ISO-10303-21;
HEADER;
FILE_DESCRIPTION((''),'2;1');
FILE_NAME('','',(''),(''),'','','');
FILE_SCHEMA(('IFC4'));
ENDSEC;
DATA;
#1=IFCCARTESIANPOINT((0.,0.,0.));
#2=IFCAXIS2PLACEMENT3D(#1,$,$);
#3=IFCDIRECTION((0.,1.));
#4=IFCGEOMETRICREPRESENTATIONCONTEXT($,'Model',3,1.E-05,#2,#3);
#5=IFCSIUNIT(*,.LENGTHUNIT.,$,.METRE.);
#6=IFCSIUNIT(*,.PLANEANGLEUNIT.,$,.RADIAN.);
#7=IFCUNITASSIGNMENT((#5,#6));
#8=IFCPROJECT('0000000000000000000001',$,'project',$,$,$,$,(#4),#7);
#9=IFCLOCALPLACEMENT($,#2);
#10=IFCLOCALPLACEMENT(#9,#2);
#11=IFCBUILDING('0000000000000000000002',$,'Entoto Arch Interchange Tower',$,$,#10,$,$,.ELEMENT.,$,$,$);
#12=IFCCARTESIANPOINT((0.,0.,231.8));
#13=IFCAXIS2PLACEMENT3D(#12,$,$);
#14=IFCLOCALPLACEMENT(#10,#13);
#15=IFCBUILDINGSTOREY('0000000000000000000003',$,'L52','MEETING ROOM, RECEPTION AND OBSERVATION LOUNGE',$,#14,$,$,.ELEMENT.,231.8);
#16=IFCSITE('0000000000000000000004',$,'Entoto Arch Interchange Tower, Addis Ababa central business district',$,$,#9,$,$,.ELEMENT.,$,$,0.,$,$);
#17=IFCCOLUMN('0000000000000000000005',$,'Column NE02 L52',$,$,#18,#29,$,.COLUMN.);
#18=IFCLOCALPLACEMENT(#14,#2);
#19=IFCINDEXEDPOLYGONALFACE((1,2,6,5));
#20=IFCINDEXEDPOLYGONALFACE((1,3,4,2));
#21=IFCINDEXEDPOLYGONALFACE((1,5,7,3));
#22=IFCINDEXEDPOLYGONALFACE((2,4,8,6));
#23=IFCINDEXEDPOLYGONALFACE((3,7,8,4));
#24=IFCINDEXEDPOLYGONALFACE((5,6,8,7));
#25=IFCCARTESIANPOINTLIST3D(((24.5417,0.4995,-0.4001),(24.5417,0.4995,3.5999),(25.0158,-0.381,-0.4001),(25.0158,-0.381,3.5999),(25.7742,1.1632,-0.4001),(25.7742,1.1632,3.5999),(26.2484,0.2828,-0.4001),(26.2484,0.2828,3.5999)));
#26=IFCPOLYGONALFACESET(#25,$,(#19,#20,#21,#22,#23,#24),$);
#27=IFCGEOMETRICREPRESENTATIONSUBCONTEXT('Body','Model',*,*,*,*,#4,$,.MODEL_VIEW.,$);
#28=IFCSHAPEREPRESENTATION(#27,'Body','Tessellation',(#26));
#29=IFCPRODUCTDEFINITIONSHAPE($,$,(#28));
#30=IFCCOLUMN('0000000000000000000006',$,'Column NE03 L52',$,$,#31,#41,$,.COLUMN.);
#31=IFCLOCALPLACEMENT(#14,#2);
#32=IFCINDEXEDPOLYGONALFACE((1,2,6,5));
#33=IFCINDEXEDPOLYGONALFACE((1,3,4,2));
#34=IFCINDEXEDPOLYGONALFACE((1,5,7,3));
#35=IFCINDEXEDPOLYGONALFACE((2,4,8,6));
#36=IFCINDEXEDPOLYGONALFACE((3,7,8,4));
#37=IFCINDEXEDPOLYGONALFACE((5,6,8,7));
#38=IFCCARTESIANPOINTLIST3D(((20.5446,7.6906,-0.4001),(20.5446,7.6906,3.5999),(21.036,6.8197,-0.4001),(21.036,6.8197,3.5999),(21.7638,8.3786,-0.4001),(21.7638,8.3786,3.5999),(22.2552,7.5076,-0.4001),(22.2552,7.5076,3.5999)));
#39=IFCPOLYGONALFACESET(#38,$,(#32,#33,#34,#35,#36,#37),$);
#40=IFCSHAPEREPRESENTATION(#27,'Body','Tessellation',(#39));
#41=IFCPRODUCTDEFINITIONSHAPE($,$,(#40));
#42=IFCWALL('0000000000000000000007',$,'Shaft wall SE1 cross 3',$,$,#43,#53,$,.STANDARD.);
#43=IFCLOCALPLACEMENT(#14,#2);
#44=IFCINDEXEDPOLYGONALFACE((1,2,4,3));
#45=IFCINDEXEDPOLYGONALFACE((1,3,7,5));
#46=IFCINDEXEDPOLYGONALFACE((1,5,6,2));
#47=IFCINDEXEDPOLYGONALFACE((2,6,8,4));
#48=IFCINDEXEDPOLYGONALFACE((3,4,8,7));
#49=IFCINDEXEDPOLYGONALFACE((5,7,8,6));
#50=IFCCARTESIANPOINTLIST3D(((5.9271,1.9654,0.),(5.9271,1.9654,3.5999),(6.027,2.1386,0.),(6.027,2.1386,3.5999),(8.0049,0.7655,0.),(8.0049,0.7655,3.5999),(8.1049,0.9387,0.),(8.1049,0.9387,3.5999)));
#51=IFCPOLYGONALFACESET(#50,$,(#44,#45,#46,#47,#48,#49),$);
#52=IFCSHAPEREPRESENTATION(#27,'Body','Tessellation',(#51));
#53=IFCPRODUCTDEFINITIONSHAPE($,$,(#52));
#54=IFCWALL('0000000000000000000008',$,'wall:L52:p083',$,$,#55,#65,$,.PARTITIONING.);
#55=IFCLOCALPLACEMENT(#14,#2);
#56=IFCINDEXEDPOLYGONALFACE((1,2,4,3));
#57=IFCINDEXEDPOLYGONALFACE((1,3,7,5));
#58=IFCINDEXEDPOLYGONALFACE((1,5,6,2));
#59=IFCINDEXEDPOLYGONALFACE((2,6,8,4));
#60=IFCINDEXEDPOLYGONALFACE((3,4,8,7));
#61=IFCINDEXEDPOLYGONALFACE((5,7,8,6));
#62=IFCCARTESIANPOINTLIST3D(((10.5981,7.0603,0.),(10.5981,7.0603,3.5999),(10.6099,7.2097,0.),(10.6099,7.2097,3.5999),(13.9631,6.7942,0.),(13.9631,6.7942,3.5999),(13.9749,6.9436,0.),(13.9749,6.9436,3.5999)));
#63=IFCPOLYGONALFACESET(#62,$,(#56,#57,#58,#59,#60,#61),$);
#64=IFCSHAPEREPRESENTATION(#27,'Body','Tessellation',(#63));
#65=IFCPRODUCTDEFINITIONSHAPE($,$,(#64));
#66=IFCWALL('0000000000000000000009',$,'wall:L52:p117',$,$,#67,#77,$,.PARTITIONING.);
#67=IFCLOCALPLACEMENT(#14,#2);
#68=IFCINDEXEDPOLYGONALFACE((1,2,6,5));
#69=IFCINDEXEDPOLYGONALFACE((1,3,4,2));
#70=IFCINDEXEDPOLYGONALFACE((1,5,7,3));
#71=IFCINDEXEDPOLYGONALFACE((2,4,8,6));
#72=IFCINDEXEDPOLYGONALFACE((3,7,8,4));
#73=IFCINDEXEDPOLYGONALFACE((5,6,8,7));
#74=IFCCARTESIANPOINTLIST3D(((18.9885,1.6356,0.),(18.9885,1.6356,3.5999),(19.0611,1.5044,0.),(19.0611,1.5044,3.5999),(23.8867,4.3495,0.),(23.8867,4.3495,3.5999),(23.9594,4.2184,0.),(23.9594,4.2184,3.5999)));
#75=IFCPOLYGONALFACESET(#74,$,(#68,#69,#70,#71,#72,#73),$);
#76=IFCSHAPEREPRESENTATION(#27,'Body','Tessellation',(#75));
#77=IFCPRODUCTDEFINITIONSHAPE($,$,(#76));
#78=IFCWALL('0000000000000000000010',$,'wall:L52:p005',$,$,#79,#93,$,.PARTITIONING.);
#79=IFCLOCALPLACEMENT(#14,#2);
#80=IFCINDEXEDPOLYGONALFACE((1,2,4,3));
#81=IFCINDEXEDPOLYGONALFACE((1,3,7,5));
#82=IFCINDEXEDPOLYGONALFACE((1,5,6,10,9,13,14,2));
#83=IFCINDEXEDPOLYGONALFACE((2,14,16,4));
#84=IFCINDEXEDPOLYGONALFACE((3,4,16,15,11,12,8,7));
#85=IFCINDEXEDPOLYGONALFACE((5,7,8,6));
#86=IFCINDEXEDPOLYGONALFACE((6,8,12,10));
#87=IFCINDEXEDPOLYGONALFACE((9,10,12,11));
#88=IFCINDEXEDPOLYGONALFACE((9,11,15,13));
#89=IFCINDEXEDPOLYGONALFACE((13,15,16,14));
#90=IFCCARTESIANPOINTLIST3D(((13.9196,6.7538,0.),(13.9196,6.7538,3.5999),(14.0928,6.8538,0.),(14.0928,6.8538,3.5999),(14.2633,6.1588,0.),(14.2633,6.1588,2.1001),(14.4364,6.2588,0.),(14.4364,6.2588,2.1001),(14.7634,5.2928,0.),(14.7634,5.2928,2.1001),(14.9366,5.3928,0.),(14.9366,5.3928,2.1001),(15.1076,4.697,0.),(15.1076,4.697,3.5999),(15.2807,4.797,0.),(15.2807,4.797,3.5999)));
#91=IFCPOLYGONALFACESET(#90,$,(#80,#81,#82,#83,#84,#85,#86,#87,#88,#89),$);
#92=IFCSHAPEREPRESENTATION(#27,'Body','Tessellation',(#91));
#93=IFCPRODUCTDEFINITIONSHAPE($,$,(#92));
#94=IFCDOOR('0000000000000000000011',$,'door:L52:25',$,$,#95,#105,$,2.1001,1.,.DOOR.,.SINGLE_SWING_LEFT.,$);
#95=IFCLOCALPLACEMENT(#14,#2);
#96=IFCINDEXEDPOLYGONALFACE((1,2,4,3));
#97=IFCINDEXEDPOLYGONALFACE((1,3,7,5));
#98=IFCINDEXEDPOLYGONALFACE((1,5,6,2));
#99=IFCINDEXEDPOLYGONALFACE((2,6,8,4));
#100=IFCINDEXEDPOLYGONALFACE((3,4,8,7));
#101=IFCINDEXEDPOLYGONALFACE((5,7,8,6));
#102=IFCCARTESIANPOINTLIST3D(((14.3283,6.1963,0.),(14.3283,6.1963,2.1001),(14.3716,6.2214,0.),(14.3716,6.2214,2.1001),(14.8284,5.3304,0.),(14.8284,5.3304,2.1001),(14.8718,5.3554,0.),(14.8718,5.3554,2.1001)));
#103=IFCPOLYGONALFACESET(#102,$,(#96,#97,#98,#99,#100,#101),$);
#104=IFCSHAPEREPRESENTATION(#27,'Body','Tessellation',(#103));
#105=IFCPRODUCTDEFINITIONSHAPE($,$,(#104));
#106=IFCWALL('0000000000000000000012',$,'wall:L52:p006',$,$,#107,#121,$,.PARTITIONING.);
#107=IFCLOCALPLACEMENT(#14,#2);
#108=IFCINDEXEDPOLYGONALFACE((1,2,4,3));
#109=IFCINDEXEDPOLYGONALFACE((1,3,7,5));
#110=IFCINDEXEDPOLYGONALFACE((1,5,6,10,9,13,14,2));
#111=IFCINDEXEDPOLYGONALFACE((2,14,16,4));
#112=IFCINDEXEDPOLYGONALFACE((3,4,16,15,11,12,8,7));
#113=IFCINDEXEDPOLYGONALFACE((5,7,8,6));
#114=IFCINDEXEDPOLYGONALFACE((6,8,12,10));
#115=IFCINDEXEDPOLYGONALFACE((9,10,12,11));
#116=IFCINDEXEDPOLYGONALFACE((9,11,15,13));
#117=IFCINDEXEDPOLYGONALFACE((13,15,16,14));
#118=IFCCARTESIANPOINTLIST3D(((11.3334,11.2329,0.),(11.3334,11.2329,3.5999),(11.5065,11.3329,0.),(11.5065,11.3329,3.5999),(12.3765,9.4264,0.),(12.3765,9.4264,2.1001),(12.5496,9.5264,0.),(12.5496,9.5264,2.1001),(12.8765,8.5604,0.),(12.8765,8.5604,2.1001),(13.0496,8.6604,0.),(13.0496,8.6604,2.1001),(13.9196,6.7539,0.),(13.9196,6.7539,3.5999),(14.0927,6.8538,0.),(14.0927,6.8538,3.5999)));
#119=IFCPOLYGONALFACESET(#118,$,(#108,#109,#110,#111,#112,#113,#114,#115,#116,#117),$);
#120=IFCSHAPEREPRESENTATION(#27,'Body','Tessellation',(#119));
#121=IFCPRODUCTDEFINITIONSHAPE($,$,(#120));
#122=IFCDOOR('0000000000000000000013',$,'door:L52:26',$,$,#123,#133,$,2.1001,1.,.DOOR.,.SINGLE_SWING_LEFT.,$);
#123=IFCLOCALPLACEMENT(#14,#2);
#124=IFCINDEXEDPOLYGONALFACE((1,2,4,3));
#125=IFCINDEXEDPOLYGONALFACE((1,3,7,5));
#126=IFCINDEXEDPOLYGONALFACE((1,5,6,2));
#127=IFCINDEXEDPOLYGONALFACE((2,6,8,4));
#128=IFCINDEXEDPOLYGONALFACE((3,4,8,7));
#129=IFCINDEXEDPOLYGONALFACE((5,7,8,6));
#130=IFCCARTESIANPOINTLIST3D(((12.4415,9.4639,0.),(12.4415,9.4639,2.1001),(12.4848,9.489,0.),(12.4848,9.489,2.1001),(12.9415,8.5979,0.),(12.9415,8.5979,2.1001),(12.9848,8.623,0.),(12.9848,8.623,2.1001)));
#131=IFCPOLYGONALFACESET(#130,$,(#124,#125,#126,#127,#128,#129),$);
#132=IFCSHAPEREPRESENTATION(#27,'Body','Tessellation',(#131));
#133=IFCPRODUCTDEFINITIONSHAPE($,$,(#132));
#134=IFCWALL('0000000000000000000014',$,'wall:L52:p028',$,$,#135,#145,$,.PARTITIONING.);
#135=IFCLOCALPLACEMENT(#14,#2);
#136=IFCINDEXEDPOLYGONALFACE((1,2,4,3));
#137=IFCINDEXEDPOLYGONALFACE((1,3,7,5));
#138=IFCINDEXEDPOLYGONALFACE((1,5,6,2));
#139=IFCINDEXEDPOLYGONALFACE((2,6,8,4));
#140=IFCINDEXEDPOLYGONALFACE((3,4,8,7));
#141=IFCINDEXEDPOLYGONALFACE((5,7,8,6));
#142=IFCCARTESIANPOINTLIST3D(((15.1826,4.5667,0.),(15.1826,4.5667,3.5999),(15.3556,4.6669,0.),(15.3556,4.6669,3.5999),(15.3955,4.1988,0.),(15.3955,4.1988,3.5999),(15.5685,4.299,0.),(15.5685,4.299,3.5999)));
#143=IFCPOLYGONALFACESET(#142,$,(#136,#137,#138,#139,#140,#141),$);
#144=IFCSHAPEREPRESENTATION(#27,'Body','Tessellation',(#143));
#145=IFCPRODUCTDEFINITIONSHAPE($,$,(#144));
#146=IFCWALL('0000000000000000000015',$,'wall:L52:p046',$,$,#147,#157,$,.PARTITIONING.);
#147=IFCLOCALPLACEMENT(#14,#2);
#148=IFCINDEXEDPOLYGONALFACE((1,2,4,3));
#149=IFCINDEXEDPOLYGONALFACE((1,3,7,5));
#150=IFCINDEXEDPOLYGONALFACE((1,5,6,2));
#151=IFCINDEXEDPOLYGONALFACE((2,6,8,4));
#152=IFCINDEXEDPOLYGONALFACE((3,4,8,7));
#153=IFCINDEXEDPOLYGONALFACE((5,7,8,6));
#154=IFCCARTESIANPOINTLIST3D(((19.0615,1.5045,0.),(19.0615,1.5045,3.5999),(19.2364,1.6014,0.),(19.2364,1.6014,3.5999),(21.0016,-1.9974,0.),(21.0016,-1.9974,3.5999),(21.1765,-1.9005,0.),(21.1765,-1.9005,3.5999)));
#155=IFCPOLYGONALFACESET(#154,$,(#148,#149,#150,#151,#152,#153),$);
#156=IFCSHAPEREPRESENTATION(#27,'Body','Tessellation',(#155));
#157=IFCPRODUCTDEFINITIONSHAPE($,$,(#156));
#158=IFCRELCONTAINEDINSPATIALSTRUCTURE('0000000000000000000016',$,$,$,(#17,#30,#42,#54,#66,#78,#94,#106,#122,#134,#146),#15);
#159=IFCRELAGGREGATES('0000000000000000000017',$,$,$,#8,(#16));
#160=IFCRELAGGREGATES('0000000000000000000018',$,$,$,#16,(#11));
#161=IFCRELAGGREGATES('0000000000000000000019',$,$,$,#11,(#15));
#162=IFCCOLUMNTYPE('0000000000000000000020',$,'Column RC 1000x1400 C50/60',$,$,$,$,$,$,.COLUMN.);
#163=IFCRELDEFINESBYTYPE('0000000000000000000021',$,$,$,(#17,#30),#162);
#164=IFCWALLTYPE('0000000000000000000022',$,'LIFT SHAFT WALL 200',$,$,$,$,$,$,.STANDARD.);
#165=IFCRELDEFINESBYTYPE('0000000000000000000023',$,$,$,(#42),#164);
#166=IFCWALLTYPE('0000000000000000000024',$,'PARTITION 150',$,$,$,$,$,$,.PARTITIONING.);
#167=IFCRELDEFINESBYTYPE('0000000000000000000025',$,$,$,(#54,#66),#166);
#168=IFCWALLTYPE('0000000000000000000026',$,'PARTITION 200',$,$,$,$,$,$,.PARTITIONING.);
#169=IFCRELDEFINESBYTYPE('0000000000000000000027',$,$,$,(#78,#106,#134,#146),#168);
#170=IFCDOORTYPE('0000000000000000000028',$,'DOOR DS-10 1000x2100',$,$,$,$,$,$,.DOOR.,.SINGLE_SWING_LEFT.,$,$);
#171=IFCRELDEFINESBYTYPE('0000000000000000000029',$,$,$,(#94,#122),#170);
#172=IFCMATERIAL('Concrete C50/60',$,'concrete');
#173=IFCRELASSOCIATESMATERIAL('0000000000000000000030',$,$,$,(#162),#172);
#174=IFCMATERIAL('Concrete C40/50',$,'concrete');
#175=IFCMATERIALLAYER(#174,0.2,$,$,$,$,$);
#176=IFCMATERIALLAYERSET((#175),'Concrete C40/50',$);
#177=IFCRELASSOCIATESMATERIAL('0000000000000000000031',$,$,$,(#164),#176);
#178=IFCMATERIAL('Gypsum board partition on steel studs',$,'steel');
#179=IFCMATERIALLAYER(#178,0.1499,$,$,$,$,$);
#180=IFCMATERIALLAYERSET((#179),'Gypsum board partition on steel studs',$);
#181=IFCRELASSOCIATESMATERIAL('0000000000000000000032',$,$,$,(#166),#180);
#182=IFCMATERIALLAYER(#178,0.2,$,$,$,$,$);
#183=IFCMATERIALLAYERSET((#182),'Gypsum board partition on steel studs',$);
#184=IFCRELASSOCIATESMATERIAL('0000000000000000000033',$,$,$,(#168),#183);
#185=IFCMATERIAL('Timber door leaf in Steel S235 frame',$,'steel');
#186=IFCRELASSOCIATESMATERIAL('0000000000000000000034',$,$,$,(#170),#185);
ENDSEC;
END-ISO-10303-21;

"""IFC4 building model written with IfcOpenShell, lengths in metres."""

from ifc_helpers import new_model, si_unit, direction, frame, frame_2d, origin, origin_2d, place, context, subcontext, project, spatial, rectangle, extrude, material, layer, layer_set, material_profile, profile_set, type_object, element, fill, save


model = new_model("IFC4")

# Units and contexts
model_context = context("Model", 3, precision=1e-05, world=origin(), true_north=direction((0.0, 1.0)))
body_context = subcontext(model_context, "Body", "Model", "MODEL_VIEW")
ifc_project = project(units=[si_unit("LENGTHUNIT", "METRE"), si_unit("PLANEANGLEUNIT", "RADIAN")], contexts=[model_context])

# Site, building, storey
site_placement = place(None, origin())
site = spatial("IfcSite", under=ifc_project, at=site_placement, Name="Entoto Arch Interchange Tower, Addis Ababa central business district", CompositionType="ELEMENT", RefElevation=0.0)
building_placement = place(site_placement, origin())
building = spatial("IfcBuilding", under=site, at=building_placement, Name="Entoto Arch Interchange Tower", CompositionType="ELEMENT")
storey_placement = place(building_placement, frame((0.0, 0.0, 231.8)))
storey = spatial("IfcBuildingStorey", under=building, at=storey_placement, Name="L52", Description="MEETING ROOM, RECEPTION AND OBSERVATION LOUNGE", CompositionType="ELEMENT", Elevation=231.8)

# Columns
ifc_material_1 = material(Name="Concrete C50/60", Category="concrete")
ifc_material_profile = material_profile(ifc_material_1, rectangle(XDim=1.0, YDim=1.3999, at=origin_2d()))
ifc_profile_set = profile_set([ifc_material_profile], Name="Concrete C50/60")
column_type = type_object("IfcColumnType", Name="Column RC 1000x1400 C50/60", PredefinedType="COLUMN", material=ifc_profile_set)
for number, where, z_axis, x_axis, name in (
    (1, (25.395, 0.3911, -0.4001), (0.0, 0.0, 1.0), (-0.474134, 0.880453, 0.0), "Column NE02 L52"),
    (2, (21.3999, 7.5991, -0.4001), (0.0, 0.0, 1.0), (-0.491436, 0.870914, 0.0), "Column NE03 L52"),
):
    element("IfcColumn", number, at=place(storey_placement, frame(where, z_axis=z_axis, x_axis=x_axis)), inside=storey, type_object=column_type, Name=name, PredefinedType="COLUMN", context=body_context, shape_type="SweptSolid", body=[
        extrude(rectangle(XDim=1.0, YDim=1.3999, at=origin_2d()), origin(), (0.0, 0.0, 1.0), 4.0),
    ])

# Walls
ifc_material_2 = material(Name="Concrete C40/50", Category="concrete")
ifc_layer_1 = layer(ifc_material_2, 0.2)
ifc_layer_set_1 = layer_set([ifc_layer_1], Name="Concrete C40/50")
wall_type_1 = type_object("IfcWallType", Name="LIFT SHAFT WALL 200", PredefinedType="STANDARD", material=ifc_layer_set_1)
wall_1_placement = place(storey_placement, frame((5.9771, 2.052, 0.0), z_axis=(0.0, 0.0, 1.0), x_axis=(0.865974, -0.500089, 0.0)))
element("IfcWall", 3, at=wall_1_placement, inside=storey, type_object=wall_type_1, Name="Shaft wall SE1 cross 3", PredefinedType="STANDARD", context=body_context, shape_type="SweptSolid", body=[
    extrude(rectangle(XDim=2.3994, YDim=0.2, at=frame_2d((1.1997, 0.0))), origin(), (0.0, 0.0, 1.0), 3.5999),
])
ifc_material_3 = material(Name="Gypsum board partition on steel studs", Category="steel")
ifc_layer_2 = layer(ifc_material_3, 0.1499)
ifc_layer_set_2 = layer_set([ifc_layer_2], Name="Gypsum board partition on steel studs")
wall_type_2 = type_object("IfcWallType", Name="PARTITION 150", PredefinedType="PARTITIONING", material=ifc_layer_set_2)
wall_2_placement = place(storey_placement, frame((10.604, 7.135, 0.0), z_axis=(0.0, 0.0, 1.0), x_axis=(0.996888, -0.078837, 0.0)))
element("IfcWall", 4, at=wall_2_placement, inside=storey, type_object=wall_type_2, Name="wall:L52:p083", PredefinedType="PARTITIONING", context=body_context, shape_type="SweptSolid", body=[
    extrude(rectangle(XDim=3.3755, YDim=0.1499, at=frame_2d((1.6877, 0.0))), origin(), (0.0, 0.0, 1.0), 3.5999),
])
wall_3_placement = place(storey_placement, frame((19.0249, 1.5701, 0.0), z_axis=(0.0, 0.0, 1.0), x_axis=(0.874714, 0.484639, 0.0)))
element("IfcWall", 5, at=wall_3_placement, inside=storey, type_object=wall_type_2, Name="wall:L52:p117", PredefinedType="PARTITIONING", context=body_context, shape_type="SweptSolid", body=[
    extrude(rectangle(XDim=5.5999, YDim=0.1499, at=frame_2d((2.7998, 0.0))), origin(), (0.0, 0.0, 1.0), 3.5999),
])

# Walls, openings, doors
ifc_layer_3 = layer(ifc_material_3, 0.2)
ifc_layer_set_3 = layer_set([ifc_layer_3], Name="Gypsum board partition on steel studs")
wall_type_3 = type_object("IfcWallType", Name="PARTITION 200", PredefinedType="PARTITIONING", material=ifc_layer_set_3)
wall_4_placement = place(storey_placement, frame((15.1941, 4.7471, 0.0), z_axis=(0.0, 0.0, 1.0), x_axis=(-0.500141, 0.865944, 0.0)))
wall_4 = element("IfcWall", 6, at=wall_4_placement, inside=storey, type_object=wall_type_3, Name="wall:L52:p005", PredefinedType="PARTITIONING", context=body_context, shape_type="SweptSolid", body=[
    extrude(rectangle(XDim=2.3752, YDim=0.2, at=frame_2d((1.1875, 0.0))), origin(), (0.0, 0.0, 1.0), 3.5999),
])
opening_1_placement = place(wall_4_placement, frame((0.688, 0.0, 0.0)))
opening_1 = element("IfcOpeningElement", 7, at=opening_1_placement, cuts=wall_4, PredefinedType="OPENING", context=body_context, shape_type="SweptSolid", body=[
    extrude(rectangle(XDim=1.0, YDim=2.1001, at=frame_2d((0.5, 1.05))), frame((0.0, 0.1099, 0.0), z_axis=(0.0, -1.0, 0.0), x_axis=(1.0, 0.0, 0.0)), (0.0, 0.0, 1.0), 0.22),
])
ifc_material_4 = material(Name="Timber door leaf in Steel S235 frame", Category="steel")
door_type_1 = type_object("IfcDoorType", Name="DOOR DS-10 1000x2100", OperationType="SINGLE_SWING_LEFT", PredefinedType="DOOR", material=ifc_material_4)
door_1_placement = place(opening_1_placement, origin())
door_1 = element("IfcDoor", 8, at=door_1_placement, inside=storey, type_object=door_type_1, Name="door:L52:25", OperationType="SINGLE_SWING_LEFT", OverallHeight=2.1001, OverallWidth=1.0, PredefinedType="DOOR", context=body_context, shape_type="SweptSolid", body=[
    extrude(rectangle(XDim=1.0, YDim=2.1001, at=frame_2d((0.5, 1.05))), frame((0.0, 0.0249, 0.0), z_axis=(0.0, -1.0, 0.0), x_axis=(1.0, 0.0, 0.0)), (0.0, 0.0, 1.0), 0.05),
])
fill(opening_1, door_1)
wall_5_placement = place(storey_placement, frame((14.0061, 6.804, 0.0), z_axis=(0.0, 0.0, 1.0), x_axis=(-0.500033, 0.866006, 0.0)))
wall_5 = element("IfcWall", 9, at=wall_5_placement, inside=storey, type_object=wall_type_3, Name="wall:L52:p006", PredefinedType="PARTITIONING", context=body_context, shape_type="SweptSolid", body=[
    extrude(rectangle(XDim=5.1721, YDim=0.2, at=frame_2d((2.5859, 0.0))), origin(), (0.0, 0.0, 1.0), 3.5999),
])
opening_2_placement = place(wall_5_placement, frame((2.0859, 0.0, 0.0)))
opening_2 = element("IfcOpeningElement", 10, at=opening_2_placement, cuts=wall_5, PredefinedType="OPENING", context=body_context, shape_type="SweptSolid", body=[
    extrude(rectangle(XDim=1.0, YDim=2.1001, at=frame_2d((0.5, 1.05))), frame((0.0, 0.1099, 0.0), z_axis=(0.0, -1.0, 0.0), x_axis=(1.0, 0.0, 0.0)), (0.0, 0.0, 1.0), 0.22),
])
door_2_placement = place(opening_2_placement, origin())
door_2 = element("IfcDoor", 11, at=door_2_placement, inside=storey, type_object=door_type_1, Name="door:L52:26", OperationType="SINGLE_SWING_LEFT", OverallHeight=2.1001, OverallWidth=1.0, PredefinedType="DOOR", context=body_context, shape_type="SweptSolid", body=[
    extrude(rectangle(XDim=1.0, YDim=2.1001, at=frame_2d((0.5, 1.05))), frame((0.0, 0.0249, 0.0), z_axis=(0.0, -1.0, 0.0), x_axis=(1.0, 0.0, 0.0)), (0.0, 0.0, 1.0), 0.05),
])
fill(opening_2, door_2)

# Walls
wall_6_placement = place(storey_placement, frame((15.4819, 4.249, 0.0), z_axis=(0.0, 0.0, 1.0), x_axis=(-0.500832, 0.865544, 0.0)))
element("IfcWall", 12, at=wall_6_placement, inside=storey, type_object=wall_type_3, Name="wall:L52:p028", PredefinedType="PARTITIONING", context=body_context, shape_type="SweptSolid", body=[
    extrude(rectangle(XDim=0.425, YDim=0.2, at=frame_2d((0.2124, 0.0))), origin(), (0.0, 0.0, 1.0), 3.5999),
])
wall_7_placement = place(storey_placement, frame((19.1489, 1.553, 0.0), z_axis=(0.0, 0.0, 1.0), x_axis=(0.484623, -0.874723, 0.0)))
element("IfcWall", 13, at=wall_7_placement, inside=storey, type_object=wall_type_3, Name="wall:L52:p046", PredefinedType="PARTITIONING", context=body_context, shape_type="SweptSolid", body=[
    extrude(rectangle(XDim=4.0034, YDim=0.2, at=frame_2d((2.0017, 0.0))), origin(), (0.0, 0.0, 1.0), 3.5999),
])

save(model, "model.ifc")
